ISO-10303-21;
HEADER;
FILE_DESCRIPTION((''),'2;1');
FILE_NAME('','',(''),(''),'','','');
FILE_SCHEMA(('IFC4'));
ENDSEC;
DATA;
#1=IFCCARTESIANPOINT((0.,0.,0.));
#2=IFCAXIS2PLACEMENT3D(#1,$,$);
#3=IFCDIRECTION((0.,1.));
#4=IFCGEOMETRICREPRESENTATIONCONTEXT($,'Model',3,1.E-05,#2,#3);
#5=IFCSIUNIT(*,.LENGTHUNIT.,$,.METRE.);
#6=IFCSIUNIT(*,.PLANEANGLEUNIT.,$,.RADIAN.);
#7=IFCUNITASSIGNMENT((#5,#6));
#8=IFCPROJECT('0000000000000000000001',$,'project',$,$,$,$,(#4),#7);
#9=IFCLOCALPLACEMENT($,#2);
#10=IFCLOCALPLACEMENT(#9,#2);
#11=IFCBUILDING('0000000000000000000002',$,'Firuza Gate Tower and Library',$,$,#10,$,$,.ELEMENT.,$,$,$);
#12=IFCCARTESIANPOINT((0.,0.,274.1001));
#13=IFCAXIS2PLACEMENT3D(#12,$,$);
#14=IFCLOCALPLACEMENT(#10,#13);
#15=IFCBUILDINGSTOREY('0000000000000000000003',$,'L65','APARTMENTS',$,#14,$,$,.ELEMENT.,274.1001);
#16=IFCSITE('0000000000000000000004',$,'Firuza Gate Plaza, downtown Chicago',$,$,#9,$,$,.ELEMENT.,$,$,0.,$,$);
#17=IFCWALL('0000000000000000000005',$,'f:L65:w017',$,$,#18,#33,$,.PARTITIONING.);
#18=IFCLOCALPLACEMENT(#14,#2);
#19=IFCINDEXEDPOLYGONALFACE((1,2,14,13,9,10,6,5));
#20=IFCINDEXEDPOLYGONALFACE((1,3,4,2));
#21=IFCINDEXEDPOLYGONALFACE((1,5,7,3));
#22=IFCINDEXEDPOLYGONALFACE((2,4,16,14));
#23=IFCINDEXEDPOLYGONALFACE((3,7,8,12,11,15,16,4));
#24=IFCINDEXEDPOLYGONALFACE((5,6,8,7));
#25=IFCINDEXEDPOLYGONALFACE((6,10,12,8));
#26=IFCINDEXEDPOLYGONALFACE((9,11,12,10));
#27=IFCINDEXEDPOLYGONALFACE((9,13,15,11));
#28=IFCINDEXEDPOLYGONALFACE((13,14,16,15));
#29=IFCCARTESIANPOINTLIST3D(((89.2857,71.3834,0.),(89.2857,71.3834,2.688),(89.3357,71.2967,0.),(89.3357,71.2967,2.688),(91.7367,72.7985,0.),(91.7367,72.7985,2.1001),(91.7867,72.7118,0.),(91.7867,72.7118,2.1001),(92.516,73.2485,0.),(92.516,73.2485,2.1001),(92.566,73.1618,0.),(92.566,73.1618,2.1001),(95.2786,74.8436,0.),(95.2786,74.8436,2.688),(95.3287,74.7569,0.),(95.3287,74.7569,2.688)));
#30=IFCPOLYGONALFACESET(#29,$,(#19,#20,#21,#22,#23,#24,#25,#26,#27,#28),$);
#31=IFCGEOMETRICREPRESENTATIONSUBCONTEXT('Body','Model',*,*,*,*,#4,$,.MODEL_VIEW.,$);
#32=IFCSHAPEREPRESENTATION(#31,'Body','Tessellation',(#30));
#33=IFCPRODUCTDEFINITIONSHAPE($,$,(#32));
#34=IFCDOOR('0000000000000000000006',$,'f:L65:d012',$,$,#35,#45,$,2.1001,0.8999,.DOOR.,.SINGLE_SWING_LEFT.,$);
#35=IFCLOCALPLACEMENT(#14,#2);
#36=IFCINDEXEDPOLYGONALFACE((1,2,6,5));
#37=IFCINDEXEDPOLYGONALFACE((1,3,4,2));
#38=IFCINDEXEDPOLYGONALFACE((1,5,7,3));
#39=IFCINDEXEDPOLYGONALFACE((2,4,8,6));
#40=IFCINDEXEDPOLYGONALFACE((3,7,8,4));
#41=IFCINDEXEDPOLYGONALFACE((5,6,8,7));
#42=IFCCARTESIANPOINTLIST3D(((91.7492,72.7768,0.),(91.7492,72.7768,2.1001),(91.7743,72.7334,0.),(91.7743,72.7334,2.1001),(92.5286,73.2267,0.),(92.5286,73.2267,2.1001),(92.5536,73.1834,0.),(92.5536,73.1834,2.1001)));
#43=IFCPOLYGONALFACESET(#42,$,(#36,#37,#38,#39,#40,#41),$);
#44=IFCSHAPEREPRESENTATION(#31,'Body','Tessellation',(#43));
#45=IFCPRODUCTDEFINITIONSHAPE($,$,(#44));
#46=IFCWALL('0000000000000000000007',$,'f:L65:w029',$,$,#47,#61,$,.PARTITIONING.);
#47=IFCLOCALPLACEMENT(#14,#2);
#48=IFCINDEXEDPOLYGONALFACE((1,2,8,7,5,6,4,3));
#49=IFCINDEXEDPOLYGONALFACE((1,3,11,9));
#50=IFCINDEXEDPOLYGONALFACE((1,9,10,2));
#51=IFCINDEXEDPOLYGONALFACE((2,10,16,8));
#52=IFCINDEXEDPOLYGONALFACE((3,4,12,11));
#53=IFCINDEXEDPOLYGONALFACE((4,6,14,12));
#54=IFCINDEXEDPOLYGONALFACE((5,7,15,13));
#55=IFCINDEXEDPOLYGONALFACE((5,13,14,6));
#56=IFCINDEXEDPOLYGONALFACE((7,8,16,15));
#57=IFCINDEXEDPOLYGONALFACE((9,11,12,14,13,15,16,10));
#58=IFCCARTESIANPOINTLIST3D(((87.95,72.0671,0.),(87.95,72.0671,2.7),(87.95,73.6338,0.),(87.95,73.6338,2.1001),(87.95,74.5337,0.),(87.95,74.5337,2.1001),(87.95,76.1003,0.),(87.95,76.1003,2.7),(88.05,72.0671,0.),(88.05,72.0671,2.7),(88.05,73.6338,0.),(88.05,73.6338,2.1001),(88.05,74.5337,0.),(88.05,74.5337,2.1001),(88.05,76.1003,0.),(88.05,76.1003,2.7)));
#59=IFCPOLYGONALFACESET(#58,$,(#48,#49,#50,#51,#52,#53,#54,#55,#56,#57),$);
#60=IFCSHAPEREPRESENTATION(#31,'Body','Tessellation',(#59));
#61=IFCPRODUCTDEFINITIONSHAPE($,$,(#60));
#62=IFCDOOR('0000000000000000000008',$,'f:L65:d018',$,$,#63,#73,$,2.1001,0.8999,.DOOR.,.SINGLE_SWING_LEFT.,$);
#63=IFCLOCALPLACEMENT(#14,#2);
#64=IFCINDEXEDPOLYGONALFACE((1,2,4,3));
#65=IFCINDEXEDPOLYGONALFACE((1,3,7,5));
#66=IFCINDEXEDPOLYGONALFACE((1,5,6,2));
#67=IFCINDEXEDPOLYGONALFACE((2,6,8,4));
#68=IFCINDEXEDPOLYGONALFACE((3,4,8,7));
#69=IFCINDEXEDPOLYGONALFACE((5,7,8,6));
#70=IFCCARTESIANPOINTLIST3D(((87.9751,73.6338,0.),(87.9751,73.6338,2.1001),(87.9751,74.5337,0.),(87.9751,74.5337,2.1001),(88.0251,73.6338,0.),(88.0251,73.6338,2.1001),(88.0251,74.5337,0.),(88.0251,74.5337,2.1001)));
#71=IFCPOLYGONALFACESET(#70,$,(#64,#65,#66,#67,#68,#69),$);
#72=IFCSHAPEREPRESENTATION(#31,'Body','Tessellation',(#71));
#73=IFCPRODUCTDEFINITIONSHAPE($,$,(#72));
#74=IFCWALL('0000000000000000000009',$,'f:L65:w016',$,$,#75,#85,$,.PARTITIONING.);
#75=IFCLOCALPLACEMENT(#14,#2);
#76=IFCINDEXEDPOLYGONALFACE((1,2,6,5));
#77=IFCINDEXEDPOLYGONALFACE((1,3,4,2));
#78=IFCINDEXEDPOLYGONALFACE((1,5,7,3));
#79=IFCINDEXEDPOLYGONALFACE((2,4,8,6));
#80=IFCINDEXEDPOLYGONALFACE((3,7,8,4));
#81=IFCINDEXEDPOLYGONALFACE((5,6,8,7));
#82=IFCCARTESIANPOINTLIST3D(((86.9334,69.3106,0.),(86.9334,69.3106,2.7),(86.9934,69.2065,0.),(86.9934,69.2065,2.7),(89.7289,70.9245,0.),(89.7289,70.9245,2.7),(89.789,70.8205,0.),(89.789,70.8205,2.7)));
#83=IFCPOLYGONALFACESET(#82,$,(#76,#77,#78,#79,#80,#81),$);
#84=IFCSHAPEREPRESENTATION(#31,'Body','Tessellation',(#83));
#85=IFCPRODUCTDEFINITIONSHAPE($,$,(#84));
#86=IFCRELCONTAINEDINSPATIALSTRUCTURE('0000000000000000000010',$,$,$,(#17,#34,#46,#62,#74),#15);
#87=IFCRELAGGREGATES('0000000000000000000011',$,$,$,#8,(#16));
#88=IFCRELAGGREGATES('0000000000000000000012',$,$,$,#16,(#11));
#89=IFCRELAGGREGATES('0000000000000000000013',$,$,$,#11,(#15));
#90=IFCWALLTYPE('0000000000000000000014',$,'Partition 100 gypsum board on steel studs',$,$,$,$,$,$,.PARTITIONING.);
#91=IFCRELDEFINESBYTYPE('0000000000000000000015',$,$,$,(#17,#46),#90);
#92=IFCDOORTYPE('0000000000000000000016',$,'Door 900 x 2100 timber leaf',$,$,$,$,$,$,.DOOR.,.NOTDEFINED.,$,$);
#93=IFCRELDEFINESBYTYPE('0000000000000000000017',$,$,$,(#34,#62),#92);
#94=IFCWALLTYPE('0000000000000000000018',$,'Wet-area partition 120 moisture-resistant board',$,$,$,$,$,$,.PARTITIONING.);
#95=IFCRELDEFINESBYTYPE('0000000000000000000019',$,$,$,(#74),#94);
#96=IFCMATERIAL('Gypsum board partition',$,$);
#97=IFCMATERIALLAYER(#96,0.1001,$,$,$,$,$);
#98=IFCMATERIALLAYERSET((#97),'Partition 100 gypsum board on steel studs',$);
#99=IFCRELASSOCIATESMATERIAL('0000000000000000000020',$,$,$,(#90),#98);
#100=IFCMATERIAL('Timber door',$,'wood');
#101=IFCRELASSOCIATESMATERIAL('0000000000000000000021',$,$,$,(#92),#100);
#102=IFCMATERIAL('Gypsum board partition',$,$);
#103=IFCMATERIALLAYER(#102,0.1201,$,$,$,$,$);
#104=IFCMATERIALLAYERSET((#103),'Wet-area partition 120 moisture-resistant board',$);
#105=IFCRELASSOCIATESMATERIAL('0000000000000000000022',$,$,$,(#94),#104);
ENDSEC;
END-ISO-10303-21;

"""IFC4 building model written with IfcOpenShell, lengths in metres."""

from ifc_helpers import new_model, si_unit, direction, frame, frame_2d, origin, place, context, subcontext, project, spatial, rectangle, extrude, material, layer, layer_set, type_object, element, fill, save


model = new_model("IFC4")

# Units and contexts
model_context = context("Model", 3, precision=1e-05, world=origin(), true_north=direction((0.0, 1.0)))
body_context = subcontext(model_context, "Body", "Model", "MODEL_VIEW")
ifc_project = project(units=[si_unit("LENGTHUNIT", "METRE"), si_unit("PLANEANGLEUNIT", "RADIAN")], contexts=[model_context])

# Site, building, storey
site_placement = place(None, origin())
site = spatial("IfcSite", under=ifc_project, at=site_placement, Name="Firuza Gate Plaza, downtown Chicago", CompositionType="ELEMENT", RefElevation=0.0)
building_placement = place(site_placement, origin())
building = spatial("IfcBuilding", under=site, at=building_placement, Name="Firuza Gate Tower and Library", CompositionType="ELEMENT")
storey_placement = place(building_placement, frame((0.0, 0.0, 274.1001)))
storey = spatial("IfcBuildingStorey", under=building, at=storey_placement, Name="L65", Description="APARTMENTS", CompositionType="ELEMENT", Elevation=274.1001)

# Walls, openings, doors
ifc_material_1 = material(Name="Gypsum board partition")
ifc_layer_1 = layer(ifc_material_1, 0.1001)
ifc_layer_set_1 = layer_set([ifc_layer_1], Name="Partition 100 gypsum board on steel studs")
wall_type_1 = type_object("IfcWallType", Name="Partition 100 gypsum board on steel studs", PredefinedType="PARTITIONING", material=ifc_layer_set_1)
wall_1_placement = place(storey_placement, frame((89.3108, 71.3401, 0.0), z_axis=(0.0, 0.0, 1.0), x_axis=(0.866013, 0.500021, 0.0)))
wall_1 = element("IfcWall", 1, at=wall_1_placement, inside=storey, type_object=wall_type_1, Name="f:L65:w017", PredefinedType="PARTITIONING", context=body_context, shape_type="SweptSolid", body=[
    extrude(rectangle(XDim=6.9202, YDim=0.1001, at=frame_2d((3.46, 0.0))), origin(), (0.0, 0.0, 1.0), 2.688),
])
opening_1_placement = place(wall_1_placement, frame((2.8301, 0.0, 0.0)))
opening_1 = element("IfcOpeningElement", 2, at=opening_1_placement, cuts=wall_1, PredefinedType="OPENING", context=body_context, shape_type="SweptSolid", body=[
    extrude(rectangle(XDim=0.8999, YDim=2.1001, at=frame_2d((0.45, 1.05))), frame((0.0, 0.0601, 0.0), z_axis=(0.0, -1.0, 0.0), x_axis=(1.0, 0.0, 0.0)), (0.0, 0.0, 1.0), 0.1201),
])
ifc_material_2 = material(Name="Timber door", Category="wood")
door_type_1 = type_object("IfcDoorType", Name="Door 900 x 2100 timber leaf", OperationType="NOTDEFINED", PredefinedType="DOOR", material=ifc_material_2)
door_1_placement = place(opening_1_placement, origin())
door_1 = element("IfcDoor", 3, at=door_1_placement, inside=storey, type_object=door_type_1, Name="f:L65:d012", OperationType="SINGLE_SWING_LEFT", OverallHeight=2.1001, OverallWidth=0.8999, PredefinedType="DOOR", context=body_context, shape_type="SweptSolid", body=[
    extrude(rectangle(XDim=0.8999, YDim=2.1001, at=frame_2d((0.45, 1.05))), frame((0.0, 0.0249, 0.0), z_axis=(0.0, -1.0, 0.0), x_axis=(1.0, 0.0, 0.0)), (0.0, 0.0, 1.0), 0.05),
])
fill(opening_1, door_1)
wall_2_placement = place(storey_placement, frame((88.0, 72.0671, 0.0), z_axis=(0.0, 0.0, 1.0), x_axis=(0.0, 1.0, 0.0)))
wall_2 = element("IfcWall", 4, at=wall_2_placement, inside=storey, type_object=wall_type_1, Name="f:L65:w029", PredefinedType="PARTITIONING", context=body_context, shape_type="SweptSolid", body=[
    extrude(rectangle(XDim=4.0332, YDim=0.1001, at=frame_2d((2.0166, 0.0))), origin(), (0.0, 0.0, 1.0), 2.7),
])
opening_2_placement = place(wall_2_placement, frame((1.5667, 0.0, 0.0)))
opening_2 = element("IfcOpeningElement", 5, at=opening_2_placement, cuts=wall_2, PredefinedType="OPENING", context=body_context, shape_type="SweptSolid", body=[
    extrude(rectangle(XDim=0.8999, YDim=2.1001, at=frame_2d((0.45, 1.05))), frame((0.0, 0.0601, 0.0), z_axis=(0.0, -1.0, 0.0), x_axis=(1.0, 0.0, 0.0)), (0.0, 0.0, 1.0), 0.1201),
])
door_2_placement = place(opening_2_placement, origin())
door_2 = element("IfcDoor", 6, at=door_2_placement, inside=storey, type_object=door_type_1, Name="f:L65:d018", OperationType="SINGLE_SWING_LEFT", OverallHeight=2.1001, OverallWidth=0.8999, PredefinedType="DOOR", context=body_context, shape_type="SweptSolid", body=[
    extrude(rectangle(XDim=0.8999, YDim=2.1001, at=frame_2d((0.45, 1.05))), frame((0.0, 0.0249, 0.0), z_axis=(0.0, -1.0, 0.0), x_axis=(1.0, 0.0, 0.0)), (0.0, 0.0, 1.0), 0.05),
])
fill(opening_2, door_2)

# Wall
ifc_material_3 = material(Name="Gypsum board partition")
ifc_layer_2 = layer(ifc_material_3, 0.1201)
ifc_layer_set_2 = layer_set([ifc_layer_2], Name="Wet-area partition 120 moisture-resistant board")
wall_type_2 = type_object("IfcWallType", Name="Wet-area partition 120 moisture-resistant board", PredefinedType="PARTITIONING", material=ifc_layer_set_2)
wall_3_placement = place(storey_placement, frame((86.9634, 69.2585, 0.0), z_axis=(0.0, 0.0, 1.0), x_axis=(0.866033, 0.499987, 0.0)))
element("IfcWall", 7, at=wall_3_placement, inside=storey, type_object=wall_type_2, Name="f:L65:w016", PredefinedType="PARTITIONING", context=body_context, shape_type="SweptSolid", body=[
    extrude(rectangle(XDim=3.228, YDim=0.1201, at=frame_2d((1.614, 0.0))), origin(), (0.0, 0.0, 1.0), 2.7),
])

save(model, "model.ifc")
